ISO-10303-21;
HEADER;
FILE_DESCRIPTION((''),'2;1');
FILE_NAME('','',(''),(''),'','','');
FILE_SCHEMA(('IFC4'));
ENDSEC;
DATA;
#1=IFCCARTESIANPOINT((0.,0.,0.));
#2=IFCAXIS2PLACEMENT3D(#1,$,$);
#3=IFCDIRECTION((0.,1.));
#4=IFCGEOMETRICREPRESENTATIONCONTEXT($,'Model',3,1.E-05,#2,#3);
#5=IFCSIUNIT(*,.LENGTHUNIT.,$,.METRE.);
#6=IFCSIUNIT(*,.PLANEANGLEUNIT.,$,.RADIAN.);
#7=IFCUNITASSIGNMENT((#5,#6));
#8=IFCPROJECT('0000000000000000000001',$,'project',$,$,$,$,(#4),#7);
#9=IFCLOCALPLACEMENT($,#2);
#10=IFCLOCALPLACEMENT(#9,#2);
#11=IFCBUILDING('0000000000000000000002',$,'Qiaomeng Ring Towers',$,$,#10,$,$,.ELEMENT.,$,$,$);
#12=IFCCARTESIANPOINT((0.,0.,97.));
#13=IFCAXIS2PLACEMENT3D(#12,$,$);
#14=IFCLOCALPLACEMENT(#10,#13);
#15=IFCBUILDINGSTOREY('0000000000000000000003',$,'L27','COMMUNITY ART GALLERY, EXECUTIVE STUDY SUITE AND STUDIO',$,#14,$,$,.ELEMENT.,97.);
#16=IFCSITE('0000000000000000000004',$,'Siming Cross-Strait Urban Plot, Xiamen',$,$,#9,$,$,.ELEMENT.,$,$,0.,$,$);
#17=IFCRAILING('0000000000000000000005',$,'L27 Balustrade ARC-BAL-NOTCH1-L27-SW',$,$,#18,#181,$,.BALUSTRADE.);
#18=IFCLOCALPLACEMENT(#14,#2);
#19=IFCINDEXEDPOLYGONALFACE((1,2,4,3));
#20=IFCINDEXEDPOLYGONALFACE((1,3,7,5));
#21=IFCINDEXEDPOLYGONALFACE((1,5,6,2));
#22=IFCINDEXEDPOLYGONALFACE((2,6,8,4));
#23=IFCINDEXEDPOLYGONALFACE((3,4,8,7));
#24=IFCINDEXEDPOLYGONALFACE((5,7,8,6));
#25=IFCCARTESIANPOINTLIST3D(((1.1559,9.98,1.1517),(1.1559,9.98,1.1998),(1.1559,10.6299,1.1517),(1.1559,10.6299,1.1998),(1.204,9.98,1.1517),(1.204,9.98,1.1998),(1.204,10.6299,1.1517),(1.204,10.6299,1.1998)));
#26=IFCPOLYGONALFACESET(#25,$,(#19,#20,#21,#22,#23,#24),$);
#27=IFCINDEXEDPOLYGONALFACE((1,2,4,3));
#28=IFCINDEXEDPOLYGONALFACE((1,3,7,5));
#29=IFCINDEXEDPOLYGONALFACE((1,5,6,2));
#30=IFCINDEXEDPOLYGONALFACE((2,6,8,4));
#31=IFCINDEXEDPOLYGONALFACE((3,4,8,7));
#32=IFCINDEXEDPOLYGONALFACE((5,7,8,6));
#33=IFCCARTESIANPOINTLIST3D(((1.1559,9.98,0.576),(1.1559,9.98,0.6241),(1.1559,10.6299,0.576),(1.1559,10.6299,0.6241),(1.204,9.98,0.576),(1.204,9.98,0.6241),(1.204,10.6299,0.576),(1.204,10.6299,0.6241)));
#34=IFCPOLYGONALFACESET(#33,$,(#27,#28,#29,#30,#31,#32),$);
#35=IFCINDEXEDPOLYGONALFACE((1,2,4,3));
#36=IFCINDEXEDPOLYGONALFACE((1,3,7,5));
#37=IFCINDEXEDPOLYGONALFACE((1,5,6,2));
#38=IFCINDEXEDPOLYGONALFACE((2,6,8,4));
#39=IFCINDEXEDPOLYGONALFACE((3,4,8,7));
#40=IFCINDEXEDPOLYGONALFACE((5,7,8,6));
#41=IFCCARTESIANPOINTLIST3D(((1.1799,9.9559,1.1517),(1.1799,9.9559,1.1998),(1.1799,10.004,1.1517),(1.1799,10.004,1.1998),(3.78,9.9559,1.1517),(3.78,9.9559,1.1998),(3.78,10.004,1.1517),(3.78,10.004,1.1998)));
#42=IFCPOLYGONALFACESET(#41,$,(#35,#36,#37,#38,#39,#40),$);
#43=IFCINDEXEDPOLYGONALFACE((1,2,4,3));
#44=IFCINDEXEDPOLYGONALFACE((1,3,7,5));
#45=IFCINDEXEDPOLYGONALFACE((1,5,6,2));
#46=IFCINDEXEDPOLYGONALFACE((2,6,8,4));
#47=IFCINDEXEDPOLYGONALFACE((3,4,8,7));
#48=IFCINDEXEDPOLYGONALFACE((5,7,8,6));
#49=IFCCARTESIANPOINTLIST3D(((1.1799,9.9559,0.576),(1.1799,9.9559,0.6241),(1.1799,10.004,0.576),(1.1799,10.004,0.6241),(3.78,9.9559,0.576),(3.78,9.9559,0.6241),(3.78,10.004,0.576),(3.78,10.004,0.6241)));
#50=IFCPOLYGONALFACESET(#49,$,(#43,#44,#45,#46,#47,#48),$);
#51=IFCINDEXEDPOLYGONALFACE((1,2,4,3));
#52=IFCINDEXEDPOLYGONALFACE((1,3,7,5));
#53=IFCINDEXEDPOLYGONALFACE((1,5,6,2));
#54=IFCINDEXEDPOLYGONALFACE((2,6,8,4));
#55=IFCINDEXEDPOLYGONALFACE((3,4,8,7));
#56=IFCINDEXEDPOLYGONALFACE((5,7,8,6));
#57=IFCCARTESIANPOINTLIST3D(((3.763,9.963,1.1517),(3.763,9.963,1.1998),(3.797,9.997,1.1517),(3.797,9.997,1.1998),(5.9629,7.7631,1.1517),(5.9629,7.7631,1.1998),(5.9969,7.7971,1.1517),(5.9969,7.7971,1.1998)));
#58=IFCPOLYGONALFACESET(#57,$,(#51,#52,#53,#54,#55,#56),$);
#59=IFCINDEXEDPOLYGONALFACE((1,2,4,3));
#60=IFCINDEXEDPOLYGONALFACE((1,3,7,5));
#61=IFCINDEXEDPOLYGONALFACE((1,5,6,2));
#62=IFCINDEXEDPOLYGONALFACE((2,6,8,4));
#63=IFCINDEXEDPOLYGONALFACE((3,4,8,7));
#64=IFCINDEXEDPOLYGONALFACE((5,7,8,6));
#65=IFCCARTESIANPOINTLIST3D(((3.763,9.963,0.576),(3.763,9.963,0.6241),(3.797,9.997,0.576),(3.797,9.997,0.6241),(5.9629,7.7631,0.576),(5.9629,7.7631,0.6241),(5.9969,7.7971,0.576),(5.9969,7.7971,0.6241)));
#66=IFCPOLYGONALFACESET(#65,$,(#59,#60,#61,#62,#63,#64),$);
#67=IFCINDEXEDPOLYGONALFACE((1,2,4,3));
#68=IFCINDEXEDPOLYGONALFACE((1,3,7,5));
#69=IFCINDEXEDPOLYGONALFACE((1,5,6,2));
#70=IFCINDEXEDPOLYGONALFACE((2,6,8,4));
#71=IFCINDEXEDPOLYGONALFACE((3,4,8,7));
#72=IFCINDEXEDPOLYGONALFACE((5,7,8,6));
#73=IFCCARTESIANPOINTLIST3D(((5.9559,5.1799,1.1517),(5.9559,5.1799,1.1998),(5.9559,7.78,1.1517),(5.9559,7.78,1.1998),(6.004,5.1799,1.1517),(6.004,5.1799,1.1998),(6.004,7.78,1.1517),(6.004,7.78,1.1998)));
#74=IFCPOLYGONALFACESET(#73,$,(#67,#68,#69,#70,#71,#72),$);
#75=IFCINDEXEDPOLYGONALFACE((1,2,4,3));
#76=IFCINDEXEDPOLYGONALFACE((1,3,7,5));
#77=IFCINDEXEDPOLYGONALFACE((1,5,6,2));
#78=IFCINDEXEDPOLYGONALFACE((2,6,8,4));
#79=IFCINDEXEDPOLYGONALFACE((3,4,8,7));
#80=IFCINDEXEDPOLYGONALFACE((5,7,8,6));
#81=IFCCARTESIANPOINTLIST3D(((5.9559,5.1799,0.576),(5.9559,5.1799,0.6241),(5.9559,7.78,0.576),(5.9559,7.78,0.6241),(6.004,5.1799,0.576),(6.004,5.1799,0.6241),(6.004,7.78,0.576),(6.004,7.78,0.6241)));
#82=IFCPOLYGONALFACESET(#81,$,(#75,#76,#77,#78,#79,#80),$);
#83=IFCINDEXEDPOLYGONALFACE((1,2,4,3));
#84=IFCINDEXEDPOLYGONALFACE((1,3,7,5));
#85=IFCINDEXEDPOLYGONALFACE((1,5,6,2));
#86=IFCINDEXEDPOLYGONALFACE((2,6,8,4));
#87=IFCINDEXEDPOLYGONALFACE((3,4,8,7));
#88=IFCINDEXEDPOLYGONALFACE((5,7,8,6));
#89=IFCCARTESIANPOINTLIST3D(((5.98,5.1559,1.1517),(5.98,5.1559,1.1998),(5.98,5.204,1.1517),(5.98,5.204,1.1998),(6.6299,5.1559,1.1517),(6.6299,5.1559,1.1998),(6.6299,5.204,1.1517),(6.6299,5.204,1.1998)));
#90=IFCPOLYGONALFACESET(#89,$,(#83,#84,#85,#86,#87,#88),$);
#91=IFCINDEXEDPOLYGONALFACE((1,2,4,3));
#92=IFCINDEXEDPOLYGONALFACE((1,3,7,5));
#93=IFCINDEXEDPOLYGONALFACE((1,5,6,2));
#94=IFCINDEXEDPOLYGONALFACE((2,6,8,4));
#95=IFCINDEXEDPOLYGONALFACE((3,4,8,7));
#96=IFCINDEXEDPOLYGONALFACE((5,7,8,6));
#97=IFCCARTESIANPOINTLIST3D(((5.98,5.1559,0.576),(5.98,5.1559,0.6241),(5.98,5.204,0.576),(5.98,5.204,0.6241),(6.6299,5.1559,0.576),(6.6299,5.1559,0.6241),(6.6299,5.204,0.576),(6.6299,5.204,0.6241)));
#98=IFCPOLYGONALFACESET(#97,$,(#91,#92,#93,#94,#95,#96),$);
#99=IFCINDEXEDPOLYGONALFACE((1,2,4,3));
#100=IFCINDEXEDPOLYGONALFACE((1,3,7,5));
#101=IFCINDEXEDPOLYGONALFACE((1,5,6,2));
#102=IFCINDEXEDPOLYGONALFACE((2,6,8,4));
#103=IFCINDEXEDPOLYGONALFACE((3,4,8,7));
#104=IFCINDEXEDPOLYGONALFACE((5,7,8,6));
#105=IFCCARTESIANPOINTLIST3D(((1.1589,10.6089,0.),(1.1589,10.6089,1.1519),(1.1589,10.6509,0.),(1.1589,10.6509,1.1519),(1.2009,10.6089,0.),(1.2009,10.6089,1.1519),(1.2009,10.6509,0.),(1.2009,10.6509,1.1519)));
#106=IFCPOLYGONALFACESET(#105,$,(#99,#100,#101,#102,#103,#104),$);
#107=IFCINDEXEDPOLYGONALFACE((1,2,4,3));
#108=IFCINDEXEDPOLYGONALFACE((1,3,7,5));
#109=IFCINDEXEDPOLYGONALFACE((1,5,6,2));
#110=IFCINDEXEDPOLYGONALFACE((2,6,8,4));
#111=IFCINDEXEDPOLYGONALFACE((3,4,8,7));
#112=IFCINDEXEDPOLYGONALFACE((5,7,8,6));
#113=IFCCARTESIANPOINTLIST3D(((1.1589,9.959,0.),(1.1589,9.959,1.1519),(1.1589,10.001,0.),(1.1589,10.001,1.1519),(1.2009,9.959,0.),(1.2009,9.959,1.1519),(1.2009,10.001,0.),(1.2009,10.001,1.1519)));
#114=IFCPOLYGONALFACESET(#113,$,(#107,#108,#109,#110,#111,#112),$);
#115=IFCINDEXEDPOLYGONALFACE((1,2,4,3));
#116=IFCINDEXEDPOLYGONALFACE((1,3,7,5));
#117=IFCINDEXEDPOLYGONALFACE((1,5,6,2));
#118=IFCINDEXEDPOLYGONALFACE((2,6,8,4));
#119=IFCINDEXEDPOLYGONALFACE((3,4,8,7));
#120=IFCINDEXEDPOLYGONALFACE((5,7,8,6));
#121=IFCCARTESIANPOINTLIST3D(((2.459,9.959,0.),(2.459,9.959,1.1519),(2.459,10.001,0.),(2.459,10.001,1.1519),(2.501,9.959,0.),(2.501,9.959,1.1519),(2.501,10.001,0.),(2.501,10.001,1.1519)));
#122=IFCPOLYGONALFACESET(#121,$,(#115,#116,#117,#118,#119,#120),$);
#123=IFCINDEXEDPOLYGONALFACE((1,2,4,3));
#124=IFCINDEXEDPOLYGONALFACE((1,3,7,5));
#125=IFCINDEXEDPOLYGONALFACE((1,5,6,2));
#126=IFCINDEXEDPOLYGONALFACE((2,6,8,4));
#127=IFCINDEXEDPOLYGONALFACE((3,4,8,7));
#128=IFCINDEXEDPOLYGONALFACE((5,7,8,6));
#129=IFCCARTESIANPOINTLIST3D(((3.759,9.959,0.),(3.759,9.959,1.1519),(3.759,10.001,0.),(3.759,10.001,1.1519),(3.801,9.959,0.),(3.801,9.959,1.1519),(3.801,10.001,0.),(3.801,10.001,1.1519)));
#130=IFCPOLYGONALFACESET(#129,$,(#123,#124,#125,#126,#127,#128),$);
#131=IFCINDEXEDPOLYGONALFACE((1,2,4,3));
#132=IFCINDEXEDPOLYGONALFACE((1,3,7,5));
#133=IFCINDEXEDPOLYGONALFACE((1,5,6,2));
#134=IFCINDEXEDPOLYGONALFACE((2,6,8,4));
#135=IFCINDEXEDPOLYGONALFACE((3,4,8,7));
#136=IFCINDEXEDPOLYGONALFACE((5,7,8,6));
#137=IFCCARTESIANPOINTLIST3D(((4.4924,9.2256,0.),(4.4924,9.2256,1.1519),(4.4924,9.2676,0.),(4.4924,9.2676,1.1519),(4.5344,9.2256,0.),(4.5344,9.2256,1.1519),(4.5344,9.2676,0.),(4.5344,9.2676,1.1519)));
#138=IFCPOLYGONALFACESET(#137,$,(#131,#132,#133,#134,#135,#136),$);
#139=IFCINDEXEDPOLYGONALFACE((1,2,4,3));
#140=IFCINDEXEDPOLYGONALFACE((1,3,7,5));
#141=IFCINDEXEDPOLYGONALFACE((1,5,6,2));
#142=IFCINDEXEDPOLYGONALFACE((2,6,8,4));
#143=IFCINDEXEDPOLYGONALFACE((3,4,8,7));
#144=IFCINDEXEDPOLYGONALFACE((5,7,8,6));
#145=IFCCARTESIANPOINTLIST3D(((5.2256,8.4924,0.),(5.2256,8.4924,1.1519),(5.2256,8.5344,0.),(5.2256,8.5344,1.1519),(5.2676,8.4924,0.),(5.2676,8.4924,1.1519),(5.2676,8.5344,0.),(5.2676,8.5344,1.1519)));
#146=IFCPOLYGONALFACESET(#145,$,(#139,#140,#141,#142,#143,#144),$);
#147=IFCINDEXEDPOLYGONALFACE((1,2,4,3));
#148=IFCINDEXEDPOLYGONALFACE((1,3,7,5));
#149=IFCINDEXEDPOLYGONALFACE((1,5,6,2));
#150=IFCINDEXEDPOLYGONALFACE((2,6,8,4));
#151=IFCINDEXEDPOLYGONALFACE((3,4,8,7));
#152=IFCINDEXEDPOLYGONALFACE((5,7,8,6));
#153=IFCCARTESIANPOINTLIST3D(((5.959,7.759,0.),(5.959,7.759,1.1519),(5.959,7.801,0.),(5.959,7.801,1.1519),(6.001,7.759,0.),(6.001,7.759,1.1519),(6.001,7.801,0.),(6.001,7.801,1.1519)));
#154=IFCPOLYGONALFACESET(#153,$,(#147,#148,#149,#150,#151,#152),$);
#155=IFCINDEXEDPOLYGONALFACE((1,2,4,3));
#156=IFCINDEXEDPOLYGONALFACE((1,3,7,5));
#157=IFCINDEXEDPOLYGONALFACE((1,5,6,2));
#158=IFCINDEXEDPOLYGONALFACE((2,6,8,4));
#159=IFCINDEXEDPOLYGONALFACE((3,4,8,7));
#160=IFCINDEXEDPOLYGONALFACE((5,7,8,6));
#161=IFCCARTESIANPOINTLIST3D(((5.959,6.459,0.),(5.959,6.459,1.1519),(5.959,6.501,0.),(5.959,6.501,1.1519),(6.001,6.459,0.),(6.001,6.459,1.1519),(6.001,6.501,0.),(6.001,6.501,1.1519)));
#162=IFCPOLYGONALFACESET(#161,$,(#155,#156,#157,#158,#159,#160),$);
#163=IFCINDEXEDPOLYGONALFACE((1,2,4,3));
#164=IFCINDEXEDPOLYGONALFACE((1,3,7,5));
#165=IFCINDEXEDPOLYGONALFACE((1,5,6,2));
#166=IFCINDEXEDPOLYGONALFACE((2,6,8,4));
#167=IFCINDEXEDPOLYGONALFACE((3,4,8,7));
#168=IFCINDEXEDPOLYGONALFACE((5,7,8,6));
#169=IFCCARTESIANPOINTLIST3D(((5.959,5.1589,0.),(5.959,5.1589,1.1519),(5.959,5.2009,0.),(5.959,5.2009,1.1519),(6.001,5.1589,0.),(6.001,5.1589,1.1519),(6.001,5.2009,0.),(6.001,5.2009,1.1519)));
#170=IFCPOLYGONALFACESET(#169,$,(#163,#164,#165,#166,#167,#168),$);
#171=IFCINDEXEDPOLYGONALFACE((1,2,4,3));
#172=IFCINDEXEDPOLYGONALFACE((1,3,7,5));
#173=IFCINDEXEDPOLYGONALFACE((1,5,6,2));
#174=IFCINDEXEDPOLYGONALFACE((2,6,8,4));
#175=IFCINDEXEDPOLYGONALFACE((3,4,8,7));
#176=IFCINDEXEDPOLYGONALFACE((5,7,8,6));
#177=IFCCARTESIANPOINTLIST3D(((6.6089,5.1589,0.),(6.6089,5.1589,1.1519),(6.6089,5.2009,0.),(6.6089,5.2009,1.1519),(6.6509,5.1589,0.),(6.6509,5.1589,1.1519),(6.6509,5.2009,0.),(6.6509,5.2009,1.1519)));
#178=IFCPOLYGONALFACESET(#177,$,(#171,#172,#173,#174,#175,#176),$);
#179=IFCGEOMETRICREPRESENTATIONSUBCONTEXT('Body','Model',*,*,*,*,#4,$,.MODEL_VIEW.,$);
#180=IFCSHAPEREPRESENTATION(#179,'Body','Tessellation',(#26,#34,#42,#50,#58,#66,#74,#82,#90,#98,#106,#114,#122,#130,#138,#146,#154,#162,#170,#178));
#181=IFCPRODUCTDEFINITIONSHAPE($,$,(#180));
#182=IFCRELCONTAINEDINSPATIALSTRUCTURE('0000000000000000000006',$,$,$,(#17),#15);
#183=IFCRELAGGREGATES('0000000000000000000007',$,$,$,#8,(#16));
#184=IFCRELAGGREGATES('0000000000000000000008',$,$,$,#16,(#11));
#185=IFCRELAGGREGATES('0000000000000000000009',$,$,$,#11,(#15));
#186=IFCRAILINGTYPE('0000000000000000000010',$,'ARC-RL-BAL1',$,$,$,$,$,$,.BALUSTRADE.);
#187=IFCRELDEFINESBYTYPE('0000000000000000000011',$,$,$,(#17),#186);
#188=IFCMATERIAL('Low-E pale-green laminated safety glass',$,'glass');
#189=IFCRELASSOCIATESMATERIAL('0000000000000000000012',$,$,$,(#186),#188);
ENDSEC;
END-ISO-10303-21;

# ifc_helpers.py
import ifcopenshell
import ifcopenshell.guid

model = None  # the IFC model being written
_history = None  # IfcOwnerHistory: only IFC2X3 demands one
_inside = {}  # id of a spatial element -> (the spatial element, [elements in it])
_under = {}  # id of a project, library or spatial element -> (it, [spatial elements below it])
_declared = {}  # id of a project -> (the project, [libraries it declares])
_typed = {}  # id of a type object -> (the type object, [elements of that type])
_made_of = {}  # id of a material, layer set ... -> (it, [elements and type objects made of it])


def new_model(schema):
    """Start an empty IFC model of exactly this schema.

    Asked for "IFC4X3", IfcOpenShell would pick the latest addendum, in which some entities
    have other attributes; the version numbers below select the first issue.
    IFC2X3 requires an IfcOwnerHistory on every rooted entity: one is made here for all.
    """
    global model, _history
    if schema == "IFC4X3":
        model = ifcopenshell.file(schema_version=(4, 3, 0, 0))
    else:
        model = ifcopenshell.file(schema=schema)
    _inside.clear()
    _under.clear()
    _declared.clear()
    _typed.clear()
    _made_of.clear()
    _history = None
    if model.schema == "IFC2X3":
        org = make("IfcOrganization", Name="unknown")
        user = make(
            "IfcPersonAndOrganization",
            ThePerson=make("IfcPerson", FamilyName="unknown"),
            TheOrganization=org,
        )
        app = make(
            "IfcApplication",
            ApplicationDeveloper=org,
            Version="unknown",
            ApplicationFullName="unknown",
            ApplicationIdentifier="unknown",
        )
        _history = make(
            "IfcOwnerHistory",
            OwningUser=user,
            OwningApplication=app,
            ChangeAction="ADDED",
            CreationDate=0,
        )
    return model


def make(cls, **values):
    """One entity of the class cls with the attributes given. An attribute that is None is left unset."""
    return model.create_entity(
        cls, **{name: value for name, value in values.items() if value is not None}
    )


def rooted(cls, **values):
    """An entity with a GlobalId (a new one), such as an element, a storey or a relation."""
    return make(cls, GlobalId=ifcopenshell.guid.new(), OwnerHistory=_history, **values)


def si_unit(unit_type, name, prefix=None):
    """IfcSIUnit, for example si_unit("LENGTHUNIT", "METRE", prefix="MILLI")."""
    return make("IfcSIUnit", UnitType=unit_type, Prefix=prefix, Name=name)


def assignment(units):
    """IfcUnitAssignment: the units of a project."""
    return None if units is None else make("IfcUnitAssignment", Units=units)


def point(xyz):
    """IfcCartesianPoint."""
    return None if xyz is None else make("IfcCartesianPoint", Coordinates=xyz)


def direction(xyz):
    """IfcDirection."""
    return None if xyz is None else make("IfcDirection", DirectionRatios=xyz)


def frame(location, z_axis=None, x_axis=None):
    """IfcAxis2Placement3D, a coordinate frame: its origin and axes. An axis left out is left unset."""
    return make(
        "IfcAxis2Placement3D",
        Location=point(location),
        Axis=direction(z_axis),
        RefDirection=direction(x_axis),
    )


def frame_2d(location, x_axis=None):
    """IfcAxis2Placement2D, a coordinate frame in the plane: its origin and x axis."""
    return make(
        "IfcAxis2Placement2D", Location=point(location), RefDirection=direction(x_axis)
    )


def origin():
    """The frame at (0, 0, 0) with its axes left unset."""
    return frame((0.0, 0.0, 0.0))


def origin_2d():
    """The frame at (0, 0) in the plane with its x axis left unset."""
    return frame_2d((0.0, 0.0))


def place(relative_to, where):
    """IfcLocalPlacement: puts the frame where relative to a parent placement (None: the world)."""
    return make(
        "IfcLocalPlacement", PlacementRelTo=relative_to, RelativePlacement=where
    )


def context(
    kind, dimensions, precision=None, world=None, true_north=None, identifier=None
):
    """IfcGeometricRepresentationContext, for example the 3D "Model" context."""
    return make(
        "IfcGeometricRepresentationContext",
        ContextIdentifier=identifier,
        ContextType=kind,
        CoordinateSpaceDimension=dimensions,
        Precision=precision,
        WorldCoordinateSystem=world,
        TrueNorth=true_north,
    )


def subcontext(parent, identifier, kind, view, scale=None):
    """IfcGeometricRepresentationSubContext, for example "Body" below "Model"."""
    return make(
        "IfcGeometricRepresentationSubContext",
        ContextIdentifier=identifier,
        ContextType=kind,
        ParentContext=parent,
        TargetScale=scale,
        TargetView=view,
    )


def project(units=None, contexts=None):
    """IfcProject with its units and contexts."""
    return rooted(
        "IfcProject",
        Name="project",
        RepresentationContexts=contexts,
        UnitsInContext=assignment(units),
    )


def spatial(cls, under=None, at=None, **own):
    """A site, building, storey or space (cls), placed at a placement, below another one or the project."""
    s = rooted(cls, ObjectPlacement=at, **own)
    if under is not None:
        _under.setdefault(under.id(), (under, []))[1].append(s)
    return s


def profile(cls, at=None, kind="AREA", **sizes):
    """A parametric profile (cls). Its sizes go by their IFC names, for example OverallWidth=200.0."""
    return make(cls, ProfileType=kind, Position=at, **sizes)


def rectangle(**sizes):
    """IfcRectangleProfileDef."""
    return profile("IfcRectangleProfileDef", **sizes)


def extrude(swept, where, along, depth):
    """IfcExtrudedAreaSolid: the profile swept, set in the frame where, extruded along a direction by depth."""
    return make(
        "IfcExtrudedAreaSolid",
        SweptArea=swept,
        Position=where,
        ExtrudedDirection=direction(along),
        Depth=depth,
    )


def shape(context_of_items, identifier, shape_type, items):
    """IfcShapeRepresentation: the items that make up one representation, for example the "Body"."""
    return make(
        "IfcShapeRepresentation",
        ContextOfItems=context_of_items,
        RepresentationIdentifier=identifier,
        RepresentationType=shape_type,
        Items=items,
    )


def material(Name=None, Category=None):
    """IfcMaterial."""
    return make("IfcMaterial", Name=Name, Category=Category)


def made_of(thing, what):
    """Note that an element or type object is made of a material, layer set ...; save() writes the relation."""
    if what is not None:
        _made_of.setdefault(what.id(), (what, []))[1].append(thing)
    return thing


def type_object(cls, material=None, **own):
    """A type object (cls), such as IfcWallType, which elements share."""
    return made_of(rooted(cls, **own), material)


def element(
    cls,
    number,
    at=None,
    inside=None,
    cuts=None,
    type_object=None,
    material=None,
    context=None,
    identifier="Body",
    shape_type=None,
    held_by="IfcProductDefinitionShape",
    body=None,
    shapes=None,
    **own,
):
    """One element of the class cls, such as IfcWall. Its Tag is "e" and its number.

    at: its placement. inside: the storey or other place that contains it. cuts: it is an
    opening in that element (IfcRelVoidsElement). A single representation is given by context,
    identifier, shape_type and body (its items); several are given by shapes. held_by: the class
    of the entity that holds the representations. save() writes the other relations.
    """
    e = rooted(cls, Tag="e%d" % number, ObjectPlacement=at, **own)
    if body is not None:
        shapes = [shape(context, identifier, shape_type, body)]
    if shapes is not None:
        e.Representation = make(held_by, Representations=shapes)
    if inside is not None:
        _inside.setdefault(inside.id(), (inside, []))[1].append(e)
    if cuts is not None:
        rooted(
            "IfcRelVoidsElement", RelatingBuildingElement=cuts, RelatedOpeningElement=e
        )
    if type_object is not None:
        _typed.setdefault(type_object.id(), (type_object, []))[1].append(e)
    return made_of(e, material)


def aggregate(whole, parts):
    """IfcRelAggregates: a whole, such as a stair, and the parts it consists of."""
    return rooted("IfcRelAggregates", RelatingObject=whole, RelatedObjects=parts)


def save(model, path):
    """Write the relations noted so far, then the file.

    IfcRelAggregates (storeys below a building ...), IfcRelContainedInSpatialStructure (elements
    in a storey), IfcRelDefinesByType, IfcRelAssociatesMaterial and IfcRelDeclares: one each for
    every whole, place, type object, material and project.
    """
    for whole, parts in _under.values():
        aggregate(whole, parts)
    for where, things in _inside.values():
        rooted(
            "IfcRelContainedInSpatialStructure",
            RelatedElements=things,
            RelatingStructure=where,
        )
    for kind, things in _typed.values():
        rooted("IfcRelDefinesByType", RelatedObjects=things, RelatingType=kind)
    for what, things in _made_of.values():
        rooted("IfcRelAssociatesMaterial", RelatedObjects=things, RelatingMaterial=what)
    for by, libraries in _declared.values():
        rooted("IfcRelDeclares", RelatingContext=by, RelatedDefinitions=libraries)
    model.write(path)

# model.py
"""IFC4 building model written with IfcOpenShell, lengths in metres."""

from ifc_helpers import new_model, si_unit, direction, frame, origin, origin_2d, place, context, subcontext, project, spatial, rectangle, extrude, material, type_object, element, save


model = new_model("IFC4")

# Units and contexts
model_context = context("Model", 3, precision=1e-05, world=origin(), true_north=direction((0.0, 1.0)))
body_context = subcontext(model_context, "Body", "Model", "MODEL_VIEW")
ifc_project = project(units=[si_unit("LENGTHUNIT", "METRE"), si_unit("PLANEANGLEUNIT", "RADIAN")], contexts=[model_context])

# Site, building, storey
site_placement = place(None, origin())
site = spatial("IfcSite", under=ifc_project, at=site_placement, Name="Siming Cross-Strait Urban Plot, Xiamen", CompositionType="ELEMENT", RefElevation=0.0)
building_placement = place(site_placement, origin())
building = spatial("IfcBuilding", under=site, at=building_placement, Name="Qiaomeng Ring Towers", CompositionType="ELEMENT")
storey_placement = place(building_placement, frame((0.0, 0.0, 97.0)))
storey = spatial("IfcBuildingStorey", under=building, at=storey_placement, Name="L27", Description="COMMUNITY ART GALLERY, EXECUTIVE STUDY SUITE AND STUDIO", CompositionType="ELEMENT", Elevation=97.0)

# Railing
ifc_material_1 = material(Name="Low-E pale-green laminated safety glass", Category="glass")
railing_type = type_object("IfcRailingType", Name="ARC-RL-BAL1", PredefinedType="BALUSTRADE", material=ifc_material_1)
railing_1_placement = place(storey_placement, frame((1.1799, 10.6299, 0.0)))
element("IfcRailing", 1, at=railing_1_placement, inside=storey, type_object=railing_type, Name="L27 Balustrade ARC-BAL-NOTCH1-L27-SW", PredefinedType="BALUSTRADE", context=body_context, shape_type="SweptSolid", body=[
    extrude(rectangle(XDim=0.0481, YDim=0.0481, at=origin_2d()), frame((0.0, 0.0, 1.1758), z_axis=(0.0, -1.0, 0.0), x_axis=(1.0, 0.0, 0.0)), (0.0, 0.0, 1.0), 0.6499),
    extrude(rectangle(XDim=0.0481, YDim=0.0481, at=origin_2d()), frame((0.0, 0.0, 0.6001), z_axis=(0.0, -1.0, 0.0), x_axis=(1.0, 0.0, 0.0)), (0.0, 0.0, 1.0), 0.6499),
    extrude(rectangle(XDim=0.0481, YDim=0.0481, at=origin_2d()), frame((0.0, -0.6499, 1.1758), z_axis=(1.0, 0.0, 0.0), x_axis=(0.0, 1.0, 0.0)), (0.0, 0.0, 1.0), 2.6001),
    extrude(rectangle(XDim=0.0481, YDim=0.0481, at=origin_2d()), frame((0.0, -0.6499, 0.6001), z_axis=(1.0, 0.0, 0.0), x_axis=(0.0, 1.0, 0.0)), (0.0, 0.0, 1.0), 2.6001),
    extrude(rectangle(XDim=0.0481, YDim=0.0481, at=origin_2d()), frame((2.6001, -0.6499, 1.1758), z_axis=(0.707107, -0.707107, 0.0), x_axis=(0.707107, 0.707107, 0.0)), (0.0, 0.0, 1.0), 3.1111),
    extrude(rectangle(XDim=0.0481, YDim=0.0481, at=origin_2d()), frame((2.6001, -0.6499, 0.6001), z_axis=(0.707107, -0.707107, 0.0), x_axis=(0.707107, 0.707107, 0.0)), (0.0, 0.0, 1.0), 3.1111),
    extrude(rectangle(XDim=0.0481, YDim=0.0481, at=origin_2d()), frame((4.8, -2.8499, 1.1758), z_axis=(0.0, -1.0, 0.0), x_axis=(1.0, 0.0, 0.0)), (0.0, 0.0, 1.0), 2.6001),
    extrude(rectangle(XDim=0.0481, YDim=0.0481, at=origin_2d()), frame((4.8, -2.8499, 0.6001), z_axis=(0.0, -1.0, 0.0), x_axis=(1.0, 0.0, 0.0)), (0.0, 0.0, 1.0), 2.6001),
    extrude(rectangle(XDim=0.0481, YDim=0.0481, at=origin_2d()), frame((4.8, -5.45, 1.1758), z_axis=(1.0, 0.0, 0.0), x_axis=(0.0, 1.0, 0.0)), (0.0, 0.0, 1.0), 0.6499),
    extrude(rectangle(XDim=0.0481, YDim=0.0481, at=origin_2d()), frame((4.8, -5.45, 0.6001), z_axis=(1.0, 0.0, 0.0), x_axis=(0.0, 1.0, 0.0)), (0.0, 0.0, 1.0), 0.6499),
    extrude(rectangle(XDim=0.042, YDim=0.042, at=origin_2d()), origin(), (0.0, 0.0, 1.0), 1.1519),
    extrude(rectangle(XDim=0.042, YDim=0.042, at=origin_2d()), frame((0.0, -0.6499, 0.0)), (0.0, 0.0, 1.0), 1.1519),
    extrude(rectangle(XDim=0.042, YDim=0.042, at=origin_2d()), frame((1.3, -0.6499, 0.0)), (0.0, 0.0, 1.0), 1.1519),
    extrude(rectangle(XDim=0.042, YDim=0.042, at=origin_2d()), frame((2.6001, -0.6499, 0.0)), (0.0, 0.0, 1.0), 1.1519),
    extrude(rectangle(XDim=0.042, YDim=0.042, at=origin_2d()), frame((3.3335, -1.3833, 0.0)), (0.0, 0.0, 1.0), 1.1519),
    extrude(rectangle(XDim=0.042, YDim=0.042, at=origin_2d()), frame((4.0667, -2.1165, 0.0)), (0.0, 0.0, 1.0), 1.1519),
    extrude(rectangle(XDim=0.042, YDim=0.042, at=origin_2d()), frame((4.8, -2.8499, 0.0)), (0.0, 0.0, 1.0), 1.1519),
    extrude(rectangle(XDim=0.042, YDim=0.042, at=origin_2d()), frame((4.8, -4.1499, 0.0)), (0.0, 0.0, 1.0), 1.1519),
    extrude(rectangle(XDim=0.042, YDim=0.042, at=origin_2d()), frame((4.8, -5.45, 0.0)), (0.0, 0.0, 1.0), 1.1519),
    extrude(rectangle(XDim=0.042, YDim=0.042, at=origin_2d()), frame((5.45, -5.45, 0.0)), (0.0, 0.0, 1.0), 1.1519),
])

save(model, "model.ifc")
